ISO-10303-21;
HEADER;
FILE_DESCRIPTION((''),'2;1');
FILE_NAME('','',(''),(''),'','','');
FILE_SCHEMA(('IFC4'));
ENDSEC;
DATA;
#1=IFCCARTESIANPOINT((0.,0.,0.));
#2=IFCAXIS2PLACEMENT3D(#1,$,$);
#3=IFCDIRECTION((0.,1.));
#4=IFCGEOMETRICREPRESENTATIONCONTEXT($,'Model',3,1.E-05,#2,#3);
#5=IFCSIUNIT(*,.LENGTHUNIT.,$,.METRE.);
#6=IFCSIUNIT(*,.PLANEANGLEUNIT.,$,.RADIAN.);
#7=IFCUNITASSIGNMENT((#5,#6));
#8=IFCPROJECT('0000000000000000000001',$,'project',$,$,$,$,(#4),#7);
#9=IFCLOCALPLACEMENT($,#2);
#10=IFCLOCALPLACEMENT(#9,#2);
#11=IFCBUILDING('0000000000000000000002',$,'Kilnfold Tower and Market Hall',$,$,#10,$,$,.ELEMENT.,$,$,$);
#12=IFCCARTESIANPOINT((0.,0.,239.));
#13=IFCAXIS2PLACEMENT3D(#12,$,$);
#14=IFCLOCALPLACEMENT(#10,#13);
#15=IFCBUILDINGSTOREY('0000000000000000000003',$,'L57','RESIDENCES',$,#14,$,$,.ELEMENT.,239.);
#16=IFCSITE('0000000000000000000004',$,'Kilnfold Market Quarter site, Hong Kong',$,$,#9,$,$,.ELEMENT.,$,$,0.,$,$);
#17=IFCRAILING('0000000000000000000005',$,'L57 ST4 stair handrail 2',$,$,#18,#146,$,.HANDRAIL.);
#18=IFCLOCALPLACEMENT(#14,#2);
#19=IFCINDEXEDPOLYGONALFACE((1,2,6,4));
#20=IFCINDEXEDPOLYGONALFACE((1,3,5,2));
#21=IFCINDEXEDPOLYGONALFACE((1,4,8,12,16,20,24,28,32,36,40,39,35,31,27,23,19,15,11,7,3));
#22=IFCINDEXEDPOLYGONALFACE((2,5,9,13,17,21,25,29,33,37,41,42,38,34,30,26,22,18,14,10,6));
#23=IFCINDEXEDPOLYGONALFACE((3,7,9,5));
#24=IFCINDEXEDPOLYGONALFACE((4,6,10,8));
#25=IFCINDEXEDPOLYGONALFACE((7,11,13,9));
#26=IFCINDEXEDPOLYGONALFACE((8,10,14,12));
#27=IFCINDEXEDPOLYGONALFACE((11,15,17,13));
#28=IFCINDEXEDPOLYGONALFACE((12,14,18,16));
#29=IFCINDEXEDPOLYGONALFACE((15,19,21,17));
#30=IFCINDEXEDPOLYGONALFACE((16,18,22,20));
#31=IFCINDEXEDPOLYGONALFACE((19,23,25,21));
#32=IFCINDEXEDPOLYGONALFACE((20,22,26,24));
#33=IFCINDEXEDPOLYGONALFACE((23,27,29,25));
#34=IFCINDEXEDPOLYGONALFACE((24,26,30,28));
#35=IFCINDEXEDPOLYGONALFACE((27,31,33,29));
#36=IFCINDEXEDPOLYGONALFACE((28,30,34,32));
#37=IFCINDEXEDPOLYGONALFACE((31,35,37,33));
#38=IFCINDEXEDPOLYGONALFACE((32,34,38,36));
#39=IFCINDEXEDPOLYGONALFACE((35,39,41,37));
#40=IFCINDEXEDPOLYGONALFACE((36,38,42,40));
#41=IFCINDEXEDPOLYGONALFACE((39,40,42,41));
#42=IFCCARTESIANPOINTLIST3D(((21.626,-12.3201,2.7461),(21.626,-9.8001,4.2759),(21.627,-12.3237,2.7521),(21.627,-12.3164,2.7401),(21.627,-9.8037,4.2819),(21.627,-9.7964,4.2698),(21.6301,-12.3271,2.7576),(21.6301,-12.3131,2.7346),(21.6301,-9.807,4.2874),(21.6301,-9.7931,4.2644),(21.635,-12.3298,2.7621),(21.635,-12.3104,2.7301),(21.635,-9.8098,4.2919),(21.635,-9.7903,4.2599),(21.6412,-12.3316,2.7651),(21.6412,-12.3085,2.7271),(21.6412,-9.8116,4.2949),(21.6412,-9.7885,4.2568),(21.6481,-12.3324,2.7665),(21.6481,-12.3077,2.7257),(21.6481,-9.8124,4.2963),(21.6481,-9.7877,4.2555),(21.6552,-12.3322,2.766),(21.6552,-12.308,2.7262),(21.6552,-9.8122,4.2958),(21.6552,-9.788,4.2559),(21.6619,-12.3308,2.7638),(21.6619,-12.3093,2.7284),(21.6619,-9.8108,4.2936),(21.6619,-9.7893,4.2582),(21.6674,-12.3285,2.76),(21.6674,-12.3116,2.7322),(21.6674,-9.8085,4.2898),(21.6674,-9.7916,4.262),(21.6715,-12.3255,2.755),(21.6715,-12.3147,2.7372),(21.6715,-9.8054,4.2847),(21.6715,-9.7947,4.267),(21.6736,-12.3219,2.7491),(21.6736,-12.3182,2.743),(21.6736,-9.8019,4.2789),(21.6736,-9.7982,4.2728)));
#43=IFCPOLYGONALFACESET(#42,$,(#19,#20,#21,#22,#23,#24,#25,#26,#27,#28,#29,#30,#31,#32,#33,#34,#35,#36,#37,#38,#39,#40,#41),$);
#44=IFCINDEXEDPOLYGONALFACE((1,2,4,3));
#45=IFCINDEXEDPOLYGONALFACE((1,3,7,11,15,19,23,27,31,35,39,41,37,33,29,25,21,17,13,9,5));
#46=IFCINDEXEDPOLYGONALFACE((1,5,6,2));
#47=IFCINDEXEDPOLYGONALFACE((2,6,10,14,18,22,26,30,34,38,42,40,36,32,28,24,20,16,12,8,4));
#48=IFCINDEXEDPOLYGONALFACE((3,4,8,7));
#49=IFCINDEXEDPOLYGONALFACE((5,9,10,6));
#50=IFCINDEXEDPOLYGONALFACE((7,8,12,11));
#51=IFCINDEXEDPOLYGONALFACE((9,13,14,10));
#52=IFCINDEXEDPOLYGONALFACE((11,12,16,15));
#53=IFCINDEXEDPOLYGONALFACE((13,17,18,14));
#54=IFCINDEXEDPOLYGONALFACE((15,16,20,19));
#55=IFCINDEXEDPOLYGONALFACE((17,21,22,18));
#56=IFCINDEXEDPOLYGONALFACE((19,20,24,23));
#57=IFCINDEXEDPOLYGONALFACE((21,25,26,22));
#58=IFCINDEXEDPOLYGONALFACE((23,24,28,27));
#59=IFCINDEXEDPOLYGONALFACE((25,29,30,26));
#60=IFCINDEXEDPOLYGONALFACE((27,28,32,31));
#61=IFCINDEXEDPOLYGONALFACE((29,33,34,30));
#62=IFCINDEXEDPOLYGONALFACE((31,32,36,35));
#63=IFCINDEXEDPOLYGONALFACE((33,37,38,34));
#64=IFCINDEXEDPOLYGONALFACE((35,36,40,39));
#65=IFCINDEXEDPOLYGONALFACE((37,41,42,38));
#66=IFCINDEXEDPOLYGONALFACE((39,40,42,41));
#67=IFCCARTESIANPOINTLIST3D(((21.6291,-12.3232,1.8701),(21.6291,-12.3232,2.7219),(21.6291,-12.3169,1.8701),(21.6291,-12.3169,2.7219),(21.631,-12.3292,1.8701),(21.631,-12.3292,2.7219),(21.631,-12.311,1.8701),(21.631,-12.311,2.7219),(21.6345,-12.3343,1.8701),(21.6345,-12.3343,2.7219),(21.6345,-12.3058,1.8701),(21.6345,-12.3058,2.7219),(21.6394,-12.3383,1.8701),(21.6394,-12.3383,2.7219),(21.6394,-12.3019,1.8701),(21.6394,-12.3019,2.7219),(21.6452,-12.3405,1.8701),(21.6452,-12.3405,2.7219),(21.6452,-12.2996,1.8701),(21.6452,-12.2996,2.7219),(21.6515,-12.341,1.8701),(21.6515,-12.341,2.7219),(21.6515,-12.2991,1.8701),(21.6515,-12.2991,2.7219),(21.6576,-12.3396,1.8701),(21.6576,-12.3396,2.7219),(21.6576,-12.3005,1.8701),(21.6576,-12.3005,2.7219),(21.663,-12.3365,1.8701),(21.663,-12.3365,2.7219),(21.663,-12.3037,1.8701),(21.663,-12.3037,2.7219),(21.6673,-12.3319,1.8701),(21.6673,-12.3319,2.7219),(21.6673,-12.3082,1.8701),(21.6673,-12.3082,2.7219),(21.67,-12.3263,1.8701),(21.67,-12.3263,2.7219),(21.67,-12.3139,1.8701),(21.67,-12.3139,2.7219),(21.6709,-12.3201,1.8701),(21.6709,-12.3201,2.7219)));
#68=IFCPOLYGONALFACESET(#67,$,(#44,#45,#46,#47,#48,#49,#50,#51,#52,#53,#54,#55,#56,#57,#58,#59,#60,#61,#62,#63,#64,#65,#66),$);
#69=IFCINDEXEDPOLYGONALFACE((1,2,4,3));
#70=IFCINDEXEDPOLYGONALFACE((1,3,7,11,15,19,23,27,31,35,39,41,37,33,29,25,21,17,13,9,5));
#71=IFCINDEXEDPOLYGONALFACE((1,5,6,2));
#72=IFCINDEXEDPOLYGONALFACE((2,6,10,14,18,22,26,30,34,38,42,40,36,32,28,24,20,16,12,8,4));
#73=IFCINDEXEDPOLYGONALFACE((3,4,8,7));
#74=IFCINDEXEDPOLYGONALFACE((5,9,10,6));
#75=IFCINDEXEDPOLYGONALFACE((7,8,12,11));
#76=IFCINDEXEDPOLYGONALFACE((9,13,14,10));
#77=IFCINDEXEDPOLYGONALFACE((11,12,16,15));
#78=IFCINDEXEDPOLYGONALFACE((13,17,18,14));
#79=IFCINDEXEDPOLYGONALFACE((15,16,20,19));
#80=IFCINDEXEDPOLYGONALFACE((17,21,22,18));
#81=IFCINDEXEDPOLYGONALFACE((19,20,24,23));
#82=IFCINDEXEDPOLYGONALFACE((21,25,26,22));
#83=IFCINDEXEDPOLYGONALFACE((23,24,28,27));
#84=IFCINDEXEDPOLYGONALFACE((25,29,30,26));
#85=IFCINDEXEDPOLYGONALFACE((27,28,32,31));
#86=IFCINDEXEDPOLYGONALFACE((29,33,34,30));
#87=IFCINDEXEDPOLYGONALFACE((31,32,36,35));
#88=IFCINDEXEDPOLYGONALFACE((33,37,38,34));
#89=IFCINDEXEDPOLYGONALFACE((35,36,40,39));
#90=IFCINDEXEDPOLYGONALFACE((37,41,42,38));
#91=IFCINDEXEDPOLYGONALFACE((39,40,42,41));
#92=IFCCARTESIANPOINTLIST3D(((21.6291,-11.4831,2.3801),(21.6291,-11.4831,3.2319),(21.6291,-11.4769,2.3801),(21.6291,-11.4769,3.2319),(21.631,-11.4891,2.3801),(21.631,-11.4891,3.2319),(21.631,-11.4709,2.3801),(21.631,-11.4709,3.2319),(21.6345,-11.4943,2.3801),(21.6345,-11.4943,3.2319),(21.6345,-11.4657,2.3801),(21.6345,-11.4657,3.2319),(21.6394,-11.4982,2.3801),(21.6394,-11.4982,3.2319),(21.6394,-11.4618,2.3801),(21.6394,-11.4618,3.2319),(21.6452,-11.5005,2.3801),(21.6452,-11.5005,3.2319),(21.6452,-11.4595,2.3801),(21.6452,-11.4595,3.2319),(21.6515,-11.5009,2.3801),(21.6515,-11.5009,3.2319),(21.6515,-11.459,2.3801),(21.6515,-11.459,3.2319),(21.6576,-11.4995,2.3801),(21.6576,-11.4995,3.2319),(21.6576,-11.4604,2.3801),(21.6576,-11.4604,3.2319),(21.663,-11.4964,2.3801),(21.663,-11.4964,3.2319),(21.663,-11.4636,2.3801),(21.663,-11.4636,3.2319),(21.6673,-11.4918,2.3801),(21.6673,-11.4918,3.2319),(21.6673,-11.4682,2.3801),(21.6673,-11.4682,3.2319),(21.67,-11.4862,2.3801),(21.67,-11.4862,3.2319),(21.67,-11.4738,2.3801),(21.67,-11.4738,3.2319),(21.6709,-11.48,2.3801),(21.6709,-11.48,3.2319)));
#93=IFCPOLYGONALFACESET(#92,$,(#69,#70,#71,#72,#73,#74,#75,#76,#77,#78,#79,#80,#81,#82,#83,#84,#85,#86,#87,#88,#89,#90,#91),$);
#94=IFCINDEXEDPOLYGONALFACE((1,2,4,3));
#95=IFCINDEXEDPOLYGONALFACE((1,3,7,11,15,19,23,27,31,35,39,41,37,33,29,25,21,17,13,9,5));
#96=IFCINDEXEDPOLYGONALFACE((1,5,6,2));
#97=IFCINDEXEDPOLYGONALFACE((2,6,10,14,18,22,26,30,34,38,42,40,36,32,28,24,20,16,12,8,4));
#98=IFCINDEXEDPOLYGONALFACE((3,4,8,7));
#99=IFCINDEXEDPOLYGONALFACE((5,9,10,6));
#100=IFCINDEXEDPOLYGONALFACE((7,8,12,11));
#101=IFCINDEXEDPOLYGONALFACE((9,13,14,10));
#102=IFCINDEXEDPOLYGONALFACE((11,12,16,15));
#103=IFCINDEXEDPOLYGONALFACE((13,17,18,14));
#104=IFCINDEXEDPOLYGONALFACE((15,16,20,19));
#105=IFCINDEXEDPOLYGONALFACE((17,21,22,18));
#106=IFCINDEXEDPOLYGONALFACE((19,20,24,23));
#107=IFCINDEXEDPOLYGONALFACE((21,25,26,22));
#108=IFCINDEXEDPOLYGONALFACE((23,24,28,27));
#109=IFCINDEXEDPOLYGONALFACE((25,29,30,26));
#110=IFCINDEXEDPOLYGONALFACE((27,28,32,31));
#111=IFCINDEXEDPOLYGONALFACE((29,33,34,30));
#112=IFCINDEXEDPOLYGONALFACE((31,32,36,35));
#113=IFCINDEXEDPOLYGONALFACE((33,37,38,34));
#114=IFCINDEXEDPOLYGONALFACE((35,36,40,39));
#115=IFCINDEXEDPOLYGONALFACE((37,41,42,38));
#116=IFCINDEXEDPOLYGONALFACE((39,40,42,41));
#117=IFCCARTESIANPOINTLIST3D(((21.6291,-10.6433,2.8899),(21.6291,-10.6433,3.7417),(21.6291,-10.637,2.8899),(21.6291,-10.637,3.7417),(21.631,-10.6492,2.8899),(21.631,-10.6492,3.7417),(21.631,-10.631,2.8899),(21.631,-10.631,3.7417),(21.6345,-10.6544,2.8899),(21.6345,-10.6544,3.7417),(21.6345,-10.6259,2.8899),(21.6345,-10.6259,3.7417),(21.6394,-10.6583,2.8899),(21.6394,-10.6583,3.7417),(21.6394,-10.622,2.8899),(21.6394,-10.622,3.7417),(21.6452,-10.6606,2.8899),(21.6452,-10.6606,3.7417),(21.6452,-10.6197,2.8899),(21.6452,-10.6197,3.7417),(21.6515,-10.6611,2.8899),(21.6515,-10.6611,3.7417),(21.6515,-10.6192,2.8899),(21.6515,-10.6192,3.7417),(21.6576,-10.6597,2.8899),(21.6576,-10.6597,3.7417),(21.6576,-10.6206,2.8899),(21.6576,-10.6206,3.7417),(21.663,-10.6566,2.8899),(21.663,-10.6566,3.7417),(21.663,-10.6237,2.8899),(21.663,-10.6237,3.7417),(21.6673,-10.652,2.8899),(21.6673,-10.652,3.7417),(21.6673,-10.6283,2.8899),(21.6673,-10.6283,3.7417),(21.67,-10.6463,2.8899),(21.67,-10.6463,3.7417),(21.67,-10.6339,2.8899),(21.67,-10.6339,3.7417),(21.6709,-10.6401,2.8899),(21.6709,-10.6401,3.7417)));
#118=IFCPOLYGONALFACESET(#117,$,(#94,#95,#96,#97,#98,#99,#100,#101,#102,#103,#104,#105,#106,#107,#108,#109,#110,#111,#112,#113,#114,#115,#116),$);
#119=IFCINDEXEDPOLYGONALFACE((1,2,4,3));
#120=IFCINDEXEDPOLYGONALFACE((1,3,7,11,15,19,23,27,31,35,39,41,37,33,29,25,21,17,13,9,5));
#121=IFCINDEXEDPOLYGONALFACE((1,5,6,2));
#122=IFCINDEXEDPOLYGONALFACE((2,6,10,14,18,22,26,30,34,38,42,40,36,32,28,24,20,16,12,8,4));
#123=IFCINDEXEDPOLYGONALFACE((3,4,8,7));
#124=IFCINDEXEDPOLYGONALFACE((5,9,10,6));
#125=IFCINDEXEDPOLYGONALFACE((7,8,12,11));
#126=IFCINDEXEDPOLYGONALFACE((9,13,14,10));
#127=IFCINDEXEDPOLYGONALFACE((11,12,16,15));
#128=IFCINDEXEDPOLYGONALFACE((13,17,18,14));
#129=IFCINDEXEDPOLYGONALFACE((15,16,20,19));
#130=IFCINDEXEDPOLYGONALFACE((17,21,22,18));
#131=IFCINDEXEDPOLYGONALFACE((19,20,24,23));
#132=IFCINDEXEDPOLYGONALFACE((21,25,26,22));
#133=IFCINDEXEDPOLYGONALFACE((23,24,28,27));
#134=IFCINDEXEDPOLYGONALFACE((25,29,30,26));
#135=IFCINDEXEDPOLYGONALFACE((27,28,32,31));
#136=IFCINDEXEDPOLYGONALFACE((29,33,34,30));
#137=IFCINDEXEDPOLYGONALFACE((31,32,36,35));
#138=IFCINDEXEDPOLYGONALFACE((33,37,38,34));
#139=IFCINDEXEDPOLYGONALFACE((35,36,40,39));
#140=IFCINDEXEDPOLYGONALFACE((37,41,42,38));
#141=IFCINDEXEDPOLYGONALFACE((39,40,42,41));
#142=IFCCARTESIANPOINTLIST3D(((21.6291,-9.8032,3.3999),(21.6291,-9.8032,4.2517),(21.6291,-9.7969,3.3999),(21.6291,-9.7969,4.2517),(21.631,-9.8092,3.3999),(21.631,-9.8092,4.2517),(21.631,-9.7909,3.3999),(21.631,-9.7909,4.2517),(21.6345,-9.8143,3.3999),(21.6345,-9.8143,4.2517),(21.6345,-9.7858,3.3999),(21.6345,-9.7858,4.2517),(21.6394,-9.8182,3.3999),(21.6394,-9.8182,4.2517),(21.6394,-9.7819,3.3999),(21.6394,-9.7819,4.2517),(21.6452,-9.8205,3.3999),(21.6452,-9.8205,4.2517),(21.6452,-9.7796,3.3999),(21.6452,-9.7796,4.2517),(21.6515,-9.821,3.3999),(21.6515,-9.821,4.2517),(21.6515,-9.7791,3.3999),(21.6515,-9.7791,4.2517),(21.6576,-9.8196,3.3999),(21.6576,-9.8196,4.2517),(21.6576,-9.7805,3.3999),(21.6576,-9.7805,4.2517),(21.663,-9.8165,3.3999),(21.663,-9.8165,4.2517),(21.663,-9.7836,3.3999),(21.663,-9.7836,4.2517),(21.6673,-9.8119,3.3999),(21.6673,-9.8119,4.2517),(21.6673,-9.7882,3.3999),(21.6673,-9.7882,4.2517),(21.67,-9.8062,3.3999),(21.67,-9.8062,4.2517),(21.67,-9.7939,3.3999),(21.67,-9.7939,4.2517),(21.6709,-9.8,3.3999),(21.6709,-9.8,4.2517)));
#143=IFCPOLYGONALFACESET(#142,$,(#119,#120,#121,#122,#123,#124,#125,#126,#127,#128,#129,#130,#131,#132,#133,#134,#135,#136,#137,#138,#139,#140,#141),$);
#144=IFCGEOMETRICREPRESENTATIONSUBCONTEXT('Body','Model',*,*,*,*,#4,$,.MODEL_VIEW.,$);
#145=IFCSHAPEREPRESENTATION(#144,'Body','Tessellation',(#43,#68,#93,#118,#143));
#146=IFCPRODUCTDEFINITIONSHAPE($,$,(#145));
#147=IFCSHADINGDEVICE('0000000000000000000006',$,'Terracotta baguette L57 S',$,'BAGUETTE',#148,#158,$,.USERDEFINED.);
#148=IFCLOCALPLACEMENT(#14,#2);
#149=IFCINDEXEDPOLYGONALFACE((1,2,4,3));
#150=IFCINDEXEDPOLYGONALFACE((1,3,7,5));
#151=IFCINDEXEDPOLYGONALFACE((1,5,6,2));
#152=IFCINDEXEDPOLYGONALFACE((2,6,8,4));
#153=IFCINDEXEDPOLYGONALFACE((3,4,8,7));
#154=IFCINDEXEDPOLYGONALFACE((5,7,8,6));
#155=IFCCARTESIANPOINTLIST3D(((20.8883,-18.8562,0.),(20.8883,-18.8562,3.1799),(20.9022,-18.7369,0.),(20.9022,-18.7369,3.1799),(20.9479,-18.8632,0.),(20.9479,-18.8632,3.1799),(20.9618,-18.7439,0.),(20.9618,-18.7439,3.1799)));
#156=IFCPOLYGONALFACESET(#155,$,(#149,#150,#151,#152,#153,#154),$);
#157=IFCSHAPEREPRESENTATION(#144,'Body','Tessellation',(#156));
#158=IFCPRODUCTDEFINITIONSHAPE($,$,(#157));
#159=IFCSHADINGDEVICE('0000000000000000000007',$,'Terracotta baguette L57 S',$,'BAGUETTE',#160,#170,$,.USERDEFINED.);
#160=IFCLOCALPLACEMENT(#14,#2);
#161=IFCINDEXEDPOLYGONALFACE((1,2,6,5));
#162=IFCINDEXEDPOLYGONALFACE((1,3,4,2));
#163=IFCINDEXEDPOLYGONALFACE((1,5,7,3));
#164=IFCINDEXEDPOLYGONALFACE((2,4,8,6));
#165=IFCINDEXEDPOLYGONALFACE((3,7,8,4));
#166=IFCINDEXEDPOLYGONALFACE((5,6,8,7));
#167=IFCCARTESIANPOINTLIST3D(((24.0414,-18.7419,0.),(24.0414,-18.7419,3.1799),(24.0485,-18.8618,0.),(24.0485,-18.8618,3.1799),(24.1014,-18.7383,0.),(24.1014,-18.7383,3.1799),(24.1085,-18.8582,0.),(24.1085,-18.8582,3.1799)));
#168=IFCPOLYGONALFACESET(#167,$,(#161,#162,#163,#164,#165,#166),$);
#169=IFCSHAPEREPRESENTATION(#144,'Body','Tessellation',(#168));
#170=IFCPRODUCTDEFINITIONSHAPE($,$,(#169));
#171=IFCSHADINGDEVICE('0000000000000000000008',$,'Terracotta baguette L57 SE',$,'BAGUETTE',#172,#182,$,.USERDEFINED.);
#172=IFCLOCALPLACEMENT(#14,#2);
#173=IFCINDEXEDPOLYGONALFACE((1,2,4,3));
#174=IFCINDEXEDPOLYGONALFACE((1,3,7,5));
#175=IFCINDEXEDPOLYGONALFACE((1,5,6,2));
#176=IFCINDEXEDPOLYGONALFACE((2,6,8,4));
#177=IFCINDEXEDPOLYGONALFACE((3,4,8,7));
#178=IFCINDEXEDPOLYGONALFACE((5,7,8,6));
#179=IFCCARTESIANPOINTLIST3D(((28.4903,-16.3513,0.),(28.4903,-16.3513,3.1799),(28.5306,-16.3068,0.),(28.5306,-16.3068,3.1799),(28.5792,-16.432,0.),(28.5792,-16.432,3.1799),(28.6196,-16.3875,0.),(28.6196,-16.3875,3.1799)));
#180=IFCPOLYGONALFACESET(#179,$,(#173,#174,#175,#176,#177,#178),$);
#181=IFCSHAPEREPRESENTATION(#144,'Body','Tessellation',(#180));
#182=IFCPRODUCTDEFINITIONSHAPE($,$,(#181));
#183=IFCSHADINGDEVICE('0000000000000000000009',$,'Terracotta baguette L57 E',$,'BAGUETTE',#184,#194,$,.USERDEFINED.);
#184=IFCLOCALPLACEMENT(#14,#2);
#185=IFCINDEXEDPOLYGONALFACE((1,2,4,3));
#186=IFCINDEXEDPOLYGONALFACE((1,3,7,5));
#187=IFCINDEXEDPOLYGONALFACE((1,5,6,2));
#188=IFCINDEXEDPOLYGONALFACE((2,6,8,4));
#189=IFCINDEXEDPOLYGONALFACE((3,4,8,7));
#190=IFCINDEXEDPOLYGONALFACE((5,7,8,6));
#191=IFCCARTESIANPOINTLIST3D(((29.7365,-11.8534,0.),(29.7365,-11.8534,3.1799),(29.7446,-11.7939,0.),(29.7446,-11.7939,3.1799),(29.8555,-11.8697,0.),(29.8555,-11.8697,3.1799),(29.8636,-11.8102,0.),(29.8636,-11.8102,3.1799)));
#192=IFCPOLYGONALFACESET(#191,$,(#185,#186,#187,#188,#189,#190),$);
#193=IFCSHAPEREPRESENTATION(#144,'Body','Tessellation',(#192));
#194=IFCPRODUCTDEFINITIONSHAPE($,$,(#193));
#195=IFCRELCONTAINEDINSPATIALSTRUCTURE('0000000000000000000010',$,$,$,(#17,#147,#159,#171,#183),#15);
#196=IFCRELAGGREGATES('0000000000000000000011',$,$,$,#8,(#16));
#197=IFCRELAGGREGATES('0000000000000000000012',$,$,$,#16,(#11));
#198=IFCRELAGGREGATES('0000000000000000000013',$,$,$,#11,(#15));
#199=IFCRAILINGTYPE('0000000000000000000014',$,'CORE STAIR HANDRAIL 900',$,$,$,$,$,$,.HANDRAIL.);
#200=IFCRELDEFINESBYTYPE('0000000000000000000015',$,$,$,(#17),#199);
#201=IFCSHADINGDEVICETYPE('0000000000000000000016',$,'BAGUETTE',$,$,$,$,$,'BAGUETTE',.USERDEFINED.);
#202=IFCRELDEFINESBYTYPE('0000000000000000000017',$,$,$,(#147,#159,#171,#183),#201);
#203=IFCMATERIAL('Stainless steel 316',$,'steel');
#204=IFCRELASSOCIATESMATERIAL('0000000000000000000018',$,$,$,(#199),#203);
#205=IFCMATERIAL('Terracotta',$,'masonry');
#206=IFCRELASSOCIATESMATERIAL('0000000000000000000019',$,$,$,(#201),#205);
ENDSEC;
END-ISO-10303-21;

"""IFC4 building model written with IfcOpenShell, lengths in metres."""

from ifc_helpers import new_model, si_unit, direction, frame, origin, origin_2d, place, context, subcontext, project, spatial, rectangle, circle, extrude, source, transform, mapped, material, material_profile, profile_set, type_object, element, save


model = new_model("IFC4")

# Units and contexts
model_context = context("Model", 3, precision=1e-05, world=origin(), true_north=direction((0.0, 1.0)))
body_context = subcontext(model_context, "Body", "Model", "MODEL_VIEW")
ifc_project = project(units=[si_unit("LENGTHUNIT", "METRE"), si_unit("PLANEANGLEUNIT", "RADIAN")], contexts=[model_context])

# Site, building, storey
site_placement = place(None, origin())
site = spatial("IfcSite", under=ifc_project, at=site_placement, Name="Kilnfold Market Quarter site, Hong Kong", CompositionType="ELEMENT", RefElevation=0.0)
building_placement = place(site_placement, origin())
building = spatial("IfcBuilding", under=site, at=building_placement, Name="Kilnfold Tower and Market Hall", CompositionType="ELEMENT")
storey_placement = place(building_placement, frame((0.0, 0.0, 239.0)))
storey = spatial("IfcBuildingStorey", under=building, at=storey_placement, Name="L57", Description="RESIDENCES", CompositionType="ELEMENT", Elevation=239.0)

# Railing
ifc_material_1 = material(Name="Stainless steel 316", Category="steel")
railing_type_1 = type_object("IfcRailingType", Name="CORE STAIR HANDRAIL 900", PredefinedType="HANDRAIL", material=ifc_material_1)
railing_1_placement = place(storey_placement, frame((21.6499, -12.3201, 1.8701)))
element("IfcRailing", 1, at=railing_1_placement, inside=storey, type_object=railing_type_1, Name="L57 ST4 stair handrail 2", PredefinedType="HANDRAIL", context=body_context, shape_type="SweptSolid", body=[
    extrude(circle(Radius=0.0239, at=origin_2d()), frame((0.0, 0.0, 0.876), z_axis=(0.0, 0.854822, 0.518922), x_axis=(-1.0, 0.0, 0.0)), (0.0, 0.0, 1.0), 2.948),
    extrude(circle(Radius=0.021, at=origin_2d()), origin(), (0.0, 0.0, 1.0), 0.8518),
    extrude(circle(Radius=0.021, at=origin_2d()), frame((0.0, 0.8401, 0.51)), (0.0, 0.0, 1.0), 0.8518),
    extrude(circle(Radius=0.021, at=origin_2d()), frame((0.0, 1.6799, 1.0198)), (0.0, 0.0, 1.0), 0.8518),
    extrude(circle(Radius=0.021, at=origin_2d()), frame((0.0, 2.52, 1.5298)), (0.0, 0.0, 1.0), 0.8518),
])

# Shading devices
ifc_material_2 = material(Name="Terracotta", Category="masonry")
ifc_material_profile_1 = material_profile(ifc_material_2, rectangle(XDim=0.0601, YDim=0.1201, at=origin_2d()), Name="BAG 60x120")
ifc_profile_set_1 = profile_set([ifc_material_profile_1], Name="Terracotta")
shading_device_type = type_object("IfcShadingDeviceType", Name="BAGUETTE", ElementType="BAGUETTE", PredefinedType="USERDEFINED", material=ifc_profile_set_1)
shared_shape_1 = source(origin(), body_context, "Body", "SweptSolid", [
    extrude(rectangle(XDim=0.0601, YDim=0.1201, at=origin_2d()), origin(), (0.0, 0.0, 1.0), 3.1799),
])
for number, where, z_axis, x_axis, name in (
    (2, (20.925, -18.8, 0.0), (0.0, 0.0, 1.0), (0.993311, -0.115469, 0.0), "Terracotta baguette L57 S"),
    (3, (24.075, -18.8, 0.0), (0.0, 0.0, 1.0), (0.998257, 0.059019, 0.0), "Terracotta baguette L57 S"),
    (4, (28.5549, -16.3694, 0.0), (0.0, 0.0, 1.0), (0.672066, 0.740491, 0.0), "Terracotta baguette L57 SE"),
    (5, (29.8, -11.8318, 0.0), (0.0, 0.0, 1.0), (0.135482, 0.99078, 0.0), "Terracotta baguette L57 E"),
):
    element("IfcShadingDevice", number, at=place(storey_placement, frame(where, z_axis=z_axis, x_axis=x_axis)), inside=storey, type_object=shading_device_type, Name=name, ObjectType="BAGUETTE", PredefinedType="USERDEFINED", context=body_context, shape_type="MappedRepresentation", body=[
        mapped(shared_shape_1, transform((0.0, 0.0, 0.0))),
    ])

save(model, "model.ifc")
